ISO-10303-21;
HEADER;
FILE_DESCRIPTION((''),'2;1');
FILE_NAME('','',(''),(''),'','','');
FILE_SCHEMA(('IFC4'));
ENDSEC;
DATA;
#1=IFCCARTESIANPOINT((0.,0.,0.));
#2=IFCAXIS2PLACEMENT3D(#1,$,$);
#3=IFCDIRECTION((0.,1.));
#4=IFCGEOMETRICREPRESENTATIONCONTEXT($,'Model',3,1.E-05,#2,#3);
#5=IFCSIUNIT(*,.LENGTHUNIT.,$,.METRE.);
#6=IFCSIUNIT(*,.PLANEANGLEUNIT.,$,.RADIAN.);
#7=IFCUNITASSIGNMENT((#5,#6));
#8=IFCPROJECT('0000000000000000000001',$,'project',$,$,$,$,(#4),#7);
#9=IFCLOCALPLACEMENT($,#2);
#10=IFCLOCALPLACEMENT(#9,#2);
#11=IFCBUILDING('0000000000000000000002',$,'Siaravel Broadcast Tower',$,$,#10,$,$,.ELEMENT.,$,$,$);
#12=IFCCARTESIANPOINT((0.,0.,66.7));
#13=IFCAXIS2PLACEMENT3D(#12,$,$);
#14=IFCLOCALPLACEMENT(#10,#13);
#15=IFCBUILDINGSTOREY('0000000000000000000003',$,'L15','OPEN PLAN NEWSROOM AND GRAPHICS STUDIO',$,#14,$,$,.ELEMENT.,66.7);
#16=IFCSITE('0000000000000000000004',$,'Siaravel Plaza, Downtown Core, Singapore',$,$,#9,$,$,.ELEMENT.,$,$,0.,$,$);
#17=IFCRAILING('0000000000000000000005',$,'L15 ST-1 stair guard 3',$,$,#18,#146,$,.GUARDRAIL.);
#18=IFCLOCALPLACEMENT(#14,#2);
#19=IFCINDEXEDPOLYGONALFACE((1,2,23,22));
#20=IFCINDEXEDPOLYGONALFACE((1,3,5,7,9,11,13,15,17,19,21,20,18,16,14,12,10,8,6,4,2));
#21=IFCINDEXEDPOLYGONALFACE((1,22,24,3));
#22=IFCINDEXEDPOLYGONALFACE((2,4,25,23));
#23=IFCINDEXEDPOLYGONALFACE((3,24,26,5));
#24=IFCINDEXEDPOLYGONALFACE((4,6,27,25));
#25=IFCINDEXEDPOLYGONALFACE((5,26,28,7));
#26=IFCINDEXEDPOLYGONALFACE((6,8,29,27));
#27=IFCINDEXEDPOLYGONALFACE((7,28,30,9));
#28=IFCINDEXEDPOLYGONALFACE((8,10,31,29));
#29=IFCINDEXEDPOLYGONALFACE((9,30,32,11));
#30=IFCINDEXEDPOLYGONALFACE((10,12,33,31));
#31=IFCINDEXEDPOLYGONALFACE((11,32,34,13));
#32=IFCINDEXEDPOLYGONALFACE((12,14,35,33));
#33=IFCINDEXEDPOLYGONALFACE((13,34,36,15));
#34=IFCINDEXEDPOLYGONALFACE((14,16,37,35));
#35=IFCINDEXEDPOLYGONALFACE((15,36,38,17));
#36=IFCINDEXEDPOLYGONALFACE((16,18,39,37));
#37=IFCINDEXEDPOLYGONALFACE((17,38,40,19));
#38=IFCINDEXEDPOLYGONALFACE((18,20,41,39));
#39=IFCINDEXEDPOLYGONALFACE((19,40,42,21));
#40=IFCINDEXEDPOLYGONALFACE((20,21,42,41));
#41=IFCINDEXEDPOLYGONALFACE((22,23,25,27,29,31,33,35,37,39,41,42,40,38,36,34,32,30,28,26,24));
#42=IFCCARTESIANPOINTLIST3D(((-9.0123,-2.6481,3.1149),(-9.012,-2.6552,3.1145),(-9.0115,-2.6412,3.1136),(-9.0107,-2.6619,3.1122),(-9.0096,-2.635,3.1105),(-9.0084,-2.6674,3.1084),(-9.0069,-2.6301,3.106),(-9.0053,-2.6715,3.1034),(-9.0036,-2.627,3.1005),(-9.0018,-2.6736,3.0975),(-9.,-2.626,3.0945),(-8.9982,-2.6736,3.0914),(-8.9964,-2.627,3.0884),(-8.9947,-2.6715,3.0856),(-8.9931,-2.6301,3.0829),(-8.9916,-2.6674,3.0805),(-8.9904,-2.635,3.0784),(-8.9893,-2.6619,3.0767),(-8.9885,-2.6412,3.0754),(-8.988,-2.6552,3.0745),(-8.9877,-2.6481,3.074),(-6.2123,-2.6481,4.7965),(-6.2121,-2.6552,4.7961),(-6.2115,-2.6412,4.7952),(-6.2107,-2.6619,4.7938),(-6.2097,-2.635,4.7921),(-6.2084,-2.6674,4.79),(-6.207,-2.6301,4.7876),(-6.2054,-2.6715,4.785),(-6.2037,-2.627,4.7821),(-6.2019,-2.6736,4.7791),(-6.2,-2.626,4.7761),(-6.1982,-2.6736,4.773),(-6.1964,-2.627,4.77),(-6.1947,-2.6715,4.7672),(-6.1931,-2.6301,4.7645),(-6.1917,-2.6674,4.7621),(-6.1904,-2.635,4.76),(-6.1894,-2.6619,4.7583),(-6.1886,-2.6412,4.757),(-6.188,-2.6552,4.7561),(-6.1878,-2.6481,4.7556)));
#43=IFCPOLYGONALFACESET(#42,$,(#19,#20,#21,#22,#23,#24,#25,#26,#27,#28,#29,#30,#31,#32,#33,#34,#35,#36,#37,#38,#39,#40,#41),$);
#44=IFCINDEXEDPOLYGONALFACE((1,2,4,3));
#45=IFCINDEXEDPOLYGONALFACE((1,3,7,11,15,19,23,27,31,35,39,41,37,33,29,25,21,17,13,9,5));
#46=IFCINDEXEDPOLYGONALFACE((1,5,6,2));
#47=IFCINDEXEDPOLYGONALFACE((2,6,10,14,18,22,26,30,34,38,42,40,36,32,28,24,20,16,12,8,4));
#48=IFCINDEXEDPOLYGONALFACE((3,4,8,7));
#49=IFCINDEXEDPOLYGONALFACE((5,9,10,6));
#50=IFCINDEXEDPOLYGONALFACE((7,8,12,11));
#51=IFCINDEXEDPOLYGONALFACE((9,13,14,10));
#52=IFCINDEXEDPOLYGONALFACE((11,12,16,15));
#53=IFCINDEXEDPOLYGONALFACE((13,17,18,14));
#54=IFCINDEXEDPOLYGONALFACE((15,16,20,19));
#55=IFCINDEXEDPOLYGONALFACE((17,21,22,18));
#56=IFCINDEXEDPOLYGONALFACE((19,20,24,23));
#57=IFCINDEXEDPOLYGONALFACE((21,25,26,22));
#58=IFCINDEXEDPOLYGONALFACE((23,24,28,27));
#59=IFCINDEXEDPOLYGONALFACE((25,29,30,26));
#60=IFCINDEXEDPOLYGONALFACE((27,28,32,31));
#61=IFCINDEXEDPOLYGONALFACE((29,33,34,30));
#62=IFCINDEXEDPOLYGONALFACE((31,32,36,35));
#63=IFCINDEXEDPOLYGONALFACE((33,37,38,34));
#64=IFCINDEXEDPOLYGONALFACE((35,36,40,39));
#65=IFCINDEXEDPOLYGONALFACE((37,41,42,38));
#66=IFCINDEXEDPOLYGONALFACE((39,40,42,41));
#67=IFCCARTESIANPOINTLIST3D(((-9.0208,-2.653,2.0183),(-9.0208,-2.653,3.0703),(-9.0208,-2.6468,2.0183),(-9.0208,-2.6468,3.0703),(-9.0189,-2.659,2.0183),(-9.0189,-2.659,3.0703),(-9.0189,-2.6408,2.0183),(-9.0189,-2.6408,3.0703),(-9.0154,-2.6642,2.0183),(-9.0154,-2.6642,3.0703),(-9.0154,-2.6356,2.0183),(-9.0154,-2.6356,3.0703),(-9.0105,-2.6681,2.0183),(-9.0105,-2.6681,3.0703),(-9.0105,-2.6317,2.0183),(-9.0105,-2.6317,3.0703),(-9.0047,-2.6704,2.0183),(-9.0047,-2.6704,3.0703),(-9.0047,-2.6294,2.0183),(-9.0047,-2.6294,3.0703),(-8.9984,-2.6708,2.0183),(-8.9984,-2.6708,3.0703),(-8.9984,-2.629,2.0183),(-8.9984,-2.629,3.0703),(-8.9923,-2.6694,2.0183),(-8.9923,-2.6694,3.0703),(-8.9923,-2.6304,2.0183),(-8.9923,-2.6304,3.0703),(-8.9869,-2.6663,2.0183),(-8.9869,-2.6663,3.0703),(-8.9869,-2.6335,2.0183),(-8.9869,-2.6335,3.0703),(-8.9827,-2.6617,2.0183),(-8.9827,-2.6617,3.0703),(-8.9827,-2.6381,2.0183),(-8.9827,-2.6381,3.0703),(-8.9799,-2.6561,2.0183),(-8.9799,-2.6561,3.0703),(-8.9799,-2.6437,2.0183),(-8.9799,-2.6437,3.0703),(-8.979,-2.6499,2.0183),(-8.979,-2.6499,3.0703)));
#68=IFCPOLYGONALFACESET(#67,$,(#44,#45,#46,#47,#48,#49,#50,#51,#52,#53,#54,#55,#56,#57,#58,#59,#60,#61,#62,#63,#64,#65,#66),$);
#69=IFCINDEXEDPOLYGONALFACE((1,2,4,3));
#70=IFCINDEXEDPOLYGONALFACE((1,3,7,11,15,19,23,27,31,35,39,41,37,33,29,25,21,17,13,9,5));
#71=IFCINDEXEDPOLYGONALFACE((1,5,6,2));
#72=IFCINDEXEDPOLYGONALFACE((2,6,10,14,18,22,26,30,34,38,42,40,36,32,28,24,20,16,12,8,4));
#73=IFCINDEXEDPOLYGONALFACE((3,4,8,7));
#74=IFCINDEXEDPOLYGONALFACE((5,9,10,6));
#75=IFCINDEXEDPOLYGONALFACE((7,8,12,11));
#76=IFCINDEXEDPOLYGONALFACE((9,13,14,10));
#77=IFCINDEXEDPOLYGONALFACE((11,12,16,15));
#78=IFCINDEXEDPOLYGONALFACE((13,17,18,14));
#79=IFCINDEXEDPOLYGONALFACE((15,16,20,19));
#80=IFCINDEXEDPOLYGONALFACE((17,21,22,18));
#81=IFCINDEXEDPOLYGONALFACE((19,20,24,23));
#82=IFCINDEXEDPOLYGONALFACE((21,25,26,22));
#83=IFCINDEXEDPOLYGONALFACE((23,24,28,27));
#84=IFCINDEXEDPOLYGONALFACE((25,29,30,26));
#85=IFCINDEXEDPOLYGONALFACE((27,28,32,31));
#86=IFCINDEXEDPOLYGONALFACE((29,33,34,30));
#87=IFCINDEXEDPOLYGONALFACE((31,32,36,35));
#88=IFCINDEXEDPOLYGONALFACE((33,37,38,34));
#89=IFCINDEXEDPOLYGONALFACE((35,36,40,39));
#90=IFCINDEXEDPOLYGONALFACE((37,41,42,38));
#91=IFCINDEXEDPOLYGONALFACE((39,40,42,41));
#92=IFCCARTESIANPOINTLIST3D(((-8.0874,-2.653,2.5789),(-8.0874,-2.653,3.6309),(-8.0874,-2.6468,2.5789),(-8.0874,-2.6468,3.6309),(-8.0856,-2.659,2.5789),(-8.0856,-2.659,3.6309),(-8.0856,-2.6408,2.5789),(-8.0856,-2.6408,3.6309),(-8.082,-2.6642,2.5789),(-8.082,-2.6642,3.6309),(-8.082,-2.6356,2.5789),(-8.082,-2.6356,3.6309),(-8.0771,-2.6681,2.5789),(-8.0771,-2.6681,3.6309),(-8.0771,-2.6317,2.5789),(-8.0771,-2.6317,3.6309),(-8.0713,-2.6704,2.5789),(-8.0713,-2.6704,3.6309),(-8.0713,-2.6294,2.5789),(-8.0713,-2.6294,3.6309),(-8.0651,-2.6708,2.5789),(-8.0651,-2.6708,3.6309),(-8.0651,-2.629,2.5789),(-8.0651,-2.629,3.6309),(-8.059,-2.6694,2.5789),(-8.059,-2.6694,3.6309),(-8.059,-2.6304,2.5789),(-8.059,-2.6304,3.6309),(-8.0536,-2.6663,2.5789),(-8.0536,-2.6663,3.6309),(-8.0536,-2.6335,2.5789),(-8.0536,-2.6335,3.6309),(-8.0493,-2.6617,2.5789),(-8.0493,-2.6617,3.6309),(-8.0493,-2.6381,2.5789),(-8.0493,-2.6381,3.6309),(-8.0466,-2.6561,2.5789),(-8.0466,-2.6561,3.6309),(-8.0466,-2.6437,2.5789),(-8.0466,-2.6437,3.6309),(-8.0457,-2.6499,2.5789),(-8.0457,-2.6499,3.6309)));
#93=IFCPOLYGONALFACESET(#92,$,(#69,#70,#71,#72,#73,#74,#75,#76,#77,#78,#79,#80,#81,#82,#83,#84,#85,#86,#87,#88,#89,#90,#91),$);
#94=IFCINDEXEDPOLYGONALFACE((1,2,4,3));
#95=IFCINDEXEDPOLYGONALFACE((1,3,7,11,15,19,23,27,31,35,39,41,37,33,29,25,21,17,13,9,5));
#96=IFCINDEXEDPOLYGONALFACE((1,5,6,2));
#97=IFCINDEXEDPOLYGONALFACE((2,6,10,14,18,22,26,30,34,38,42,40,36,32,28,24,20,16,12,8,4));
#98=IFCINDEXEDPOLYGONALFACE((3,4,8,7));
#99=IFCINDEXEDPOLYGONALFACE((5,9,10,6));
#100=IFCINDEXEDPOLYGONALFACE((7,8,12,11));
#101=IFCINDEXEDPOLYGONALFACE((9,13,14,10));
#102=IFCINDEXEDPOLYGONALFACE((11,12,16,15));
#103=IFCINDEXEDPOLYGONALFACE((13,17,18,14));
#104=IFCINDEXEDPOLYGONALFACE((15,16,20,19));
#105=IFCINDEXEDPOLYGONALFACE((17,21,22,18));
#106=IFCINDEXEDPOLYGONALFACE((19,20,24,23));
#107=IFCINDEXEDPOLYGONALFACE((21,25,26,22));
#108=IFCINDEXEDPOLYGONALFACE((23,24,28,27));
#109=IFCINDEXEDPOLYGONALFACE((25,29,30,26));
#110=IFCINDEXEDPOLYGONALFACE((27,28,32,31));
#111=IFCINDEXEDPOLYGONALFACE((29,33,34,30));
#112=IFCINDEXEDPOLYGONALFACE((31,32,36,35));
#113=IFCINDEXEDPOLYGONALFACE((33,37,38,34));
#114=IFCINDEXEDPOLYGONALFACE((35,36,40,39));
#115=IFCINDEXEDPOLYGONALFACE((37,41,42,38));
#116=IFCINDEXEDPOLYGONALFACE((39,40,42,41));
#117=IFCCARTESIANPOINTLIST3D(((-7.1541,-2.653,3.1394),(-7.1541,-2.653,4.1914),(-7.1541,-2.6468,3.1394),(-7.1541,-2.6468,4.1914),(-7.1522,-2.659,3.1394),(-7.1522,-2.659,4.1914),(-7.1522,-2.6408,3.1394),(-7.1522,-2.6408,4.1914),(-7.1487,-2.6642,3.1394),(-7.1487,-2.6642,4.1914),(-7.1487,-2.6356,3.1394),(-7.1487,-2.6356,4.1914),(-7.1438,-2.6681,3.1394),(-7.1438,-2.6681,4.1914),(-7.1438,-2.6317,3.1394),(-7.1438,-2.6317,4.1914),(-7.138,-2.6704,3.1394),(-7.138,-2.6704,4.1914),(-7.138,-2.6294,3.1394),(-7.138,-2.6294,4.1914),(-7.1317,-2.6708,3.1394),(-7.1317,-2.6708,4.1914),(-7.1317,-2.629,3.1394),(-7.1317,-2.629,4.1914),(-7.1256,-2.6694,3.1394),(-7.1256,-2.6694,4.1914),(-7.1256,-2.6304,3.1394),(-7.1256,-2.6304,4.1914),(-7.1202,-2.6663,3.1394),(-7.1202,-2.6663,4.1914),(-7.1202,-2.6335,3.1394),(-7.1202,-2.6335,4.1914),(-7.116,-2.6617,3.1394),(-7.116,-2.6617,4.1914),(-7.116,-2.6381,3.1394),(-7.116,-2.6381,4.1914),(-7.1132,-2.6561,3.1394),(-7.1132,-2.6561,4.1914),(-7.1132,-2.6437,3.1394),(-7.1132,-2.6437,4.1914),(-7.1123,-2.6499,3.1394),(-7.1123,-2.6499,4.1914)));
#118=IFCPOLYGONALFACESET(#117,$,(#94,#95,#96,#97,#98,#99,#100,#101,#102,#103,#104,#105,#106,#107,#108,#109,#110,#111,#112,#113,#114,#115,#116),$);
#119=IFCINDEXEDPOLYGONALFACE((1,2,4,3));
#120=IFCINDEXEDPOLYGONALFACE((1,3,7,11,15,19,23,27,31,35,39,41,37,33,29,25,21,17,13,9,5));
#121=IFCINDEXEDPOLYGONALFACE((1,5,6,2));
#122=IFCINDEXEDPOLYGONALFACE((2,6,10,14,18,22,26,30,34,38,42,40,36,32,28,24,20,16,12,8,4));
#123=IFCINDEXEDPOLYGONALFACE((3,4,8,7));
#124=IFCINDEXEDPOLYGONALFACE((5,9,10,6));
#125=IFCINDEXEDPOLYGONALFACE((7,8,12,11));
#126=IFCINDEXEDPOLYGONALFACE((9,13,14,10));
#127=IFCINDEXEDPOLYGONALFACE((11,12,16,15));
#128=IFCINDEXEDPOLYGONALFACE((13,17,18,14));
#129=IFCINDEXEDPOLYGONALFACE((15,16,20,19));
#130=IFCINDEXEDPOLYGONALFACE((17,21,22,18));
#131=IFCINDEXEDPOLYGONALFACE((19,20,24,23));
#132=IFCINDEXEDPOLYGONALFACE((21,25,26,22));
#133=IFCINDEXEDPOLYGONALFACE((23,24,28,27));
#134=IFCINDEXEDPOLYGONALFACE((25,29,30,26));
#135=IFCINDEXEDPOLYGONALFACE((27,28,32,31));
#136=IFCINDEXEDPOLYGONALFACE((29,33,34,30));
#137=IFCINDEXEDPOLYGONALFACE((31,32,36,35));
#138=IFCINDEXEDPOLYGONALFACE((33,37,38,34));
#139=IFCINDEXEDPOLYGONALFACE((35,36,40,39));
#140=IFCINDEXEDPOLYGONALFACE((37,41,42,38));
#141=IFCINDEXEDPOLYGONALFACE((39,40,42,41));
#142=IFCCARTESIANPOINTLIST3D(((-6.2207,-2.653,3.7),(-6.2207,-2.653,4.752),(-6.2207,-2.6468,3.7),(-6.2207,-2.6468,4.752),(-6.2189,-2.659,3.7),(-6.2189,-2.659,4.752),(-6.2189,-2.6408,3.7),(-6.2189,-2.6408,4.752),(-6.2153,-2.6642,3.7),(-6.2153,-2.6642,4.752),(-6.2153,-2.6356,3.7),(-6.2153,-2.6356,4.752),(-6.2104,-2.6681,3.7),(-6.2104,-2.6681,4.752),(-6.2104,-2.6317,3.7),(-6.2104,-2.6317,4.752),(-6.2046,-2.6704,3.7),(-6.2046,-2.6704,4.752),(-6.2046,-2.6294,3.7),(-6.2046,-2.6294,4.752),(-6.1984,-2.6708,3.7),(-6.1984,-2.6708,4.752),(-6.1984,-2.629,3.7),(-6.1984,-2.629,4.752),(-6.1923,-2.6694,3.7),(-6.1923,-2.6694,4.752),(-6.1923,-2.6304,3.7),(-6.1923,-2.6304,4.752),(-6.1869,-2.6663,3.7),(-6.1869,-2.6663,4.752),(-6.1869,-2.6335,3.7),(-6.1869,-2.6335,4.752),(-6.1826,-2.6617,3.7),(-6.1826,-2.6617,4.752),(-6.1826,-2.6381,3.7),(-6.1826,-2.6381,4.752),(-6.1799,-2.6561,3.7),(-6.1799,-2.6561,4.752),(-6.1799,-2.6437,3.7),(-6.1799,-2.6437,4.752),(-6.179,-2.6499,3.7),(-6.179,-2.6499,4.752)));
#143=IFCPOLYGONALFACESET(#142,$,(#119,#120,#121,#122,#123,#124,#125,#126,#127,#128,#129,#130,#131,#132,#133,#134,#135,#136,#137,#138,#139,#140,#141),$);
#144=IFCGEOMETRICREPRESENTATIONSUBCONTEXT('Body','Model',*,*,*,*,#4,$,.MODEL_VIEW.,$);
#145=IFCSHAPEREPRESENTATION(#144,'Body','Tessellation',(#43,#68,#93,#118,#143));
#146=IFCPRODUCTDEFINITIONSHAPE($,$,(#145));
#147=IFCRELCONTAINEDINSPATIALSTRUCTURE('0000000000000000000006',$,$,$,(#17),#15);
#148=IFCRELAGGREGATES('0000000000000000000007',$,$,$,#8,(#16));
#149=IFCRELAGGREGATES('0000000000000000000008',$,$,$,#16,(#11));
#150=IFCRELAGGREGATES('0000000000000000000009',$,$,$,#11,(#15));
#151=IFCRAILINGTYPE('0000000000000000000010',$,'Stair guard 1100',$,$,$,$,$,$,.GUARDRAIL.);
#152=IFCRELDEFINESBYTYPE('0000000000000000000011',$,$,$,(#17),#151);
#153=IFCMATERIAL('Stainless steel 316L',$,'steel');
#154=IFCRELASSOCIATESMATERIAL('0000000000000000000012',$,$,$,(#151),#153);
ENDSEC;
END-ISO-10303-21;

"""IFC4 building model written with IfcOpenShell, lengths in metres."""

from ifc_helpers import new_model, si_unit, direction, frame, origin, origin_2d, place, context, subcontext, project, spatial, circle, extrude, material, type_object, element, save


model = new_model("IFC4")

# Units and contexts
model_context = context("Model", 3, precision=1e-05, world=origin(), true_north=direction((0.0, 1.0)))
body_context = subcontext(model_context, "Body", "Model", "MODEL_VIEW")
ifc_project = project(units=[si_unit("LENGTHUNIT", "METRE"), si_unit("PLANEANGLEUNIT", "RADIAN")], contexts=[model_context])

# Site, building, storey
site_placement = place(None, origin())
site = spatial("IfcSite", under=ifc_project, at=site_placement, Name="Siaravel Plaza, Downtown Core, Singapore", CompositionType="ELEMENT", RefElevation=0.0)
building_placement = place(site_placement, origin())
building = spatial("IfcBuilding", under=site, at=building_placement, Name="Siaravel Broadcast Tower", CompositionType="ELEMENT")
storey_placement = place(building_placement, frame((0.0, 0.0, 66.7)))
storey = spatial("IfcBuildingStorey", under=building, at=storey_placement, Name="L15", Description="OPEN PLAN NEWSROOM AND GRAPHICS STUDIO", CompositionType="ELEMENT", Elevation=66.7)

# Railing
ifc_material_1 = material(Name="Stainless steel 316L", Category="steel")
railing_type_1 = type_object("IfcRailingType", Name="Stair guard 1100", PredefinedType="GUARDRAIL", material=ifc_material_1)
railing_1_placement = place(storey_placement, frame((-9.0, -2.6499, 2.0183)))
element("IfcRailing", 1, at=railing_1_placement, inside=storey, type_object=railing_type_1, Name="L15 ST-1 stair guard 3", PredefinedType="GUARDRAIL", context=body_context, shape_type="SweptSolid", body=[
    extrude(circle(Radius=0.0239, at=origin_2d()), frame((0.0, 0.0, 1.0762), z_axis=(0.857275, 0.0, 0.514858), x_axis=(0.0, 1.0, 0.0)), (0.0, 0.0, 1.0), 3.2661),
    extrude(circle(Radius=0.021, at=origin_2d()), origin(), (0.0, 0.0, 1.0), 1.052),
    extrude(circle(Radius=0.021, at=origin_2d()), frame((0.9333, 0.0, 0.5605)), (0.0, 0.0, 1.0), 1.052),
    extrude(circle(Radius=0.021, at=origin_2d()), frame((1.8667, 0.0, 1.1211)), (0.0, 0.0, 1.0), 1.052),
    extrude(circle(Radius=0.021, at=origin_2d()), frame((2.8, 0.0, 1.6816)), (0.0, 0.0, 1.0), 1.052),
])

save(model, "model.ifc")
